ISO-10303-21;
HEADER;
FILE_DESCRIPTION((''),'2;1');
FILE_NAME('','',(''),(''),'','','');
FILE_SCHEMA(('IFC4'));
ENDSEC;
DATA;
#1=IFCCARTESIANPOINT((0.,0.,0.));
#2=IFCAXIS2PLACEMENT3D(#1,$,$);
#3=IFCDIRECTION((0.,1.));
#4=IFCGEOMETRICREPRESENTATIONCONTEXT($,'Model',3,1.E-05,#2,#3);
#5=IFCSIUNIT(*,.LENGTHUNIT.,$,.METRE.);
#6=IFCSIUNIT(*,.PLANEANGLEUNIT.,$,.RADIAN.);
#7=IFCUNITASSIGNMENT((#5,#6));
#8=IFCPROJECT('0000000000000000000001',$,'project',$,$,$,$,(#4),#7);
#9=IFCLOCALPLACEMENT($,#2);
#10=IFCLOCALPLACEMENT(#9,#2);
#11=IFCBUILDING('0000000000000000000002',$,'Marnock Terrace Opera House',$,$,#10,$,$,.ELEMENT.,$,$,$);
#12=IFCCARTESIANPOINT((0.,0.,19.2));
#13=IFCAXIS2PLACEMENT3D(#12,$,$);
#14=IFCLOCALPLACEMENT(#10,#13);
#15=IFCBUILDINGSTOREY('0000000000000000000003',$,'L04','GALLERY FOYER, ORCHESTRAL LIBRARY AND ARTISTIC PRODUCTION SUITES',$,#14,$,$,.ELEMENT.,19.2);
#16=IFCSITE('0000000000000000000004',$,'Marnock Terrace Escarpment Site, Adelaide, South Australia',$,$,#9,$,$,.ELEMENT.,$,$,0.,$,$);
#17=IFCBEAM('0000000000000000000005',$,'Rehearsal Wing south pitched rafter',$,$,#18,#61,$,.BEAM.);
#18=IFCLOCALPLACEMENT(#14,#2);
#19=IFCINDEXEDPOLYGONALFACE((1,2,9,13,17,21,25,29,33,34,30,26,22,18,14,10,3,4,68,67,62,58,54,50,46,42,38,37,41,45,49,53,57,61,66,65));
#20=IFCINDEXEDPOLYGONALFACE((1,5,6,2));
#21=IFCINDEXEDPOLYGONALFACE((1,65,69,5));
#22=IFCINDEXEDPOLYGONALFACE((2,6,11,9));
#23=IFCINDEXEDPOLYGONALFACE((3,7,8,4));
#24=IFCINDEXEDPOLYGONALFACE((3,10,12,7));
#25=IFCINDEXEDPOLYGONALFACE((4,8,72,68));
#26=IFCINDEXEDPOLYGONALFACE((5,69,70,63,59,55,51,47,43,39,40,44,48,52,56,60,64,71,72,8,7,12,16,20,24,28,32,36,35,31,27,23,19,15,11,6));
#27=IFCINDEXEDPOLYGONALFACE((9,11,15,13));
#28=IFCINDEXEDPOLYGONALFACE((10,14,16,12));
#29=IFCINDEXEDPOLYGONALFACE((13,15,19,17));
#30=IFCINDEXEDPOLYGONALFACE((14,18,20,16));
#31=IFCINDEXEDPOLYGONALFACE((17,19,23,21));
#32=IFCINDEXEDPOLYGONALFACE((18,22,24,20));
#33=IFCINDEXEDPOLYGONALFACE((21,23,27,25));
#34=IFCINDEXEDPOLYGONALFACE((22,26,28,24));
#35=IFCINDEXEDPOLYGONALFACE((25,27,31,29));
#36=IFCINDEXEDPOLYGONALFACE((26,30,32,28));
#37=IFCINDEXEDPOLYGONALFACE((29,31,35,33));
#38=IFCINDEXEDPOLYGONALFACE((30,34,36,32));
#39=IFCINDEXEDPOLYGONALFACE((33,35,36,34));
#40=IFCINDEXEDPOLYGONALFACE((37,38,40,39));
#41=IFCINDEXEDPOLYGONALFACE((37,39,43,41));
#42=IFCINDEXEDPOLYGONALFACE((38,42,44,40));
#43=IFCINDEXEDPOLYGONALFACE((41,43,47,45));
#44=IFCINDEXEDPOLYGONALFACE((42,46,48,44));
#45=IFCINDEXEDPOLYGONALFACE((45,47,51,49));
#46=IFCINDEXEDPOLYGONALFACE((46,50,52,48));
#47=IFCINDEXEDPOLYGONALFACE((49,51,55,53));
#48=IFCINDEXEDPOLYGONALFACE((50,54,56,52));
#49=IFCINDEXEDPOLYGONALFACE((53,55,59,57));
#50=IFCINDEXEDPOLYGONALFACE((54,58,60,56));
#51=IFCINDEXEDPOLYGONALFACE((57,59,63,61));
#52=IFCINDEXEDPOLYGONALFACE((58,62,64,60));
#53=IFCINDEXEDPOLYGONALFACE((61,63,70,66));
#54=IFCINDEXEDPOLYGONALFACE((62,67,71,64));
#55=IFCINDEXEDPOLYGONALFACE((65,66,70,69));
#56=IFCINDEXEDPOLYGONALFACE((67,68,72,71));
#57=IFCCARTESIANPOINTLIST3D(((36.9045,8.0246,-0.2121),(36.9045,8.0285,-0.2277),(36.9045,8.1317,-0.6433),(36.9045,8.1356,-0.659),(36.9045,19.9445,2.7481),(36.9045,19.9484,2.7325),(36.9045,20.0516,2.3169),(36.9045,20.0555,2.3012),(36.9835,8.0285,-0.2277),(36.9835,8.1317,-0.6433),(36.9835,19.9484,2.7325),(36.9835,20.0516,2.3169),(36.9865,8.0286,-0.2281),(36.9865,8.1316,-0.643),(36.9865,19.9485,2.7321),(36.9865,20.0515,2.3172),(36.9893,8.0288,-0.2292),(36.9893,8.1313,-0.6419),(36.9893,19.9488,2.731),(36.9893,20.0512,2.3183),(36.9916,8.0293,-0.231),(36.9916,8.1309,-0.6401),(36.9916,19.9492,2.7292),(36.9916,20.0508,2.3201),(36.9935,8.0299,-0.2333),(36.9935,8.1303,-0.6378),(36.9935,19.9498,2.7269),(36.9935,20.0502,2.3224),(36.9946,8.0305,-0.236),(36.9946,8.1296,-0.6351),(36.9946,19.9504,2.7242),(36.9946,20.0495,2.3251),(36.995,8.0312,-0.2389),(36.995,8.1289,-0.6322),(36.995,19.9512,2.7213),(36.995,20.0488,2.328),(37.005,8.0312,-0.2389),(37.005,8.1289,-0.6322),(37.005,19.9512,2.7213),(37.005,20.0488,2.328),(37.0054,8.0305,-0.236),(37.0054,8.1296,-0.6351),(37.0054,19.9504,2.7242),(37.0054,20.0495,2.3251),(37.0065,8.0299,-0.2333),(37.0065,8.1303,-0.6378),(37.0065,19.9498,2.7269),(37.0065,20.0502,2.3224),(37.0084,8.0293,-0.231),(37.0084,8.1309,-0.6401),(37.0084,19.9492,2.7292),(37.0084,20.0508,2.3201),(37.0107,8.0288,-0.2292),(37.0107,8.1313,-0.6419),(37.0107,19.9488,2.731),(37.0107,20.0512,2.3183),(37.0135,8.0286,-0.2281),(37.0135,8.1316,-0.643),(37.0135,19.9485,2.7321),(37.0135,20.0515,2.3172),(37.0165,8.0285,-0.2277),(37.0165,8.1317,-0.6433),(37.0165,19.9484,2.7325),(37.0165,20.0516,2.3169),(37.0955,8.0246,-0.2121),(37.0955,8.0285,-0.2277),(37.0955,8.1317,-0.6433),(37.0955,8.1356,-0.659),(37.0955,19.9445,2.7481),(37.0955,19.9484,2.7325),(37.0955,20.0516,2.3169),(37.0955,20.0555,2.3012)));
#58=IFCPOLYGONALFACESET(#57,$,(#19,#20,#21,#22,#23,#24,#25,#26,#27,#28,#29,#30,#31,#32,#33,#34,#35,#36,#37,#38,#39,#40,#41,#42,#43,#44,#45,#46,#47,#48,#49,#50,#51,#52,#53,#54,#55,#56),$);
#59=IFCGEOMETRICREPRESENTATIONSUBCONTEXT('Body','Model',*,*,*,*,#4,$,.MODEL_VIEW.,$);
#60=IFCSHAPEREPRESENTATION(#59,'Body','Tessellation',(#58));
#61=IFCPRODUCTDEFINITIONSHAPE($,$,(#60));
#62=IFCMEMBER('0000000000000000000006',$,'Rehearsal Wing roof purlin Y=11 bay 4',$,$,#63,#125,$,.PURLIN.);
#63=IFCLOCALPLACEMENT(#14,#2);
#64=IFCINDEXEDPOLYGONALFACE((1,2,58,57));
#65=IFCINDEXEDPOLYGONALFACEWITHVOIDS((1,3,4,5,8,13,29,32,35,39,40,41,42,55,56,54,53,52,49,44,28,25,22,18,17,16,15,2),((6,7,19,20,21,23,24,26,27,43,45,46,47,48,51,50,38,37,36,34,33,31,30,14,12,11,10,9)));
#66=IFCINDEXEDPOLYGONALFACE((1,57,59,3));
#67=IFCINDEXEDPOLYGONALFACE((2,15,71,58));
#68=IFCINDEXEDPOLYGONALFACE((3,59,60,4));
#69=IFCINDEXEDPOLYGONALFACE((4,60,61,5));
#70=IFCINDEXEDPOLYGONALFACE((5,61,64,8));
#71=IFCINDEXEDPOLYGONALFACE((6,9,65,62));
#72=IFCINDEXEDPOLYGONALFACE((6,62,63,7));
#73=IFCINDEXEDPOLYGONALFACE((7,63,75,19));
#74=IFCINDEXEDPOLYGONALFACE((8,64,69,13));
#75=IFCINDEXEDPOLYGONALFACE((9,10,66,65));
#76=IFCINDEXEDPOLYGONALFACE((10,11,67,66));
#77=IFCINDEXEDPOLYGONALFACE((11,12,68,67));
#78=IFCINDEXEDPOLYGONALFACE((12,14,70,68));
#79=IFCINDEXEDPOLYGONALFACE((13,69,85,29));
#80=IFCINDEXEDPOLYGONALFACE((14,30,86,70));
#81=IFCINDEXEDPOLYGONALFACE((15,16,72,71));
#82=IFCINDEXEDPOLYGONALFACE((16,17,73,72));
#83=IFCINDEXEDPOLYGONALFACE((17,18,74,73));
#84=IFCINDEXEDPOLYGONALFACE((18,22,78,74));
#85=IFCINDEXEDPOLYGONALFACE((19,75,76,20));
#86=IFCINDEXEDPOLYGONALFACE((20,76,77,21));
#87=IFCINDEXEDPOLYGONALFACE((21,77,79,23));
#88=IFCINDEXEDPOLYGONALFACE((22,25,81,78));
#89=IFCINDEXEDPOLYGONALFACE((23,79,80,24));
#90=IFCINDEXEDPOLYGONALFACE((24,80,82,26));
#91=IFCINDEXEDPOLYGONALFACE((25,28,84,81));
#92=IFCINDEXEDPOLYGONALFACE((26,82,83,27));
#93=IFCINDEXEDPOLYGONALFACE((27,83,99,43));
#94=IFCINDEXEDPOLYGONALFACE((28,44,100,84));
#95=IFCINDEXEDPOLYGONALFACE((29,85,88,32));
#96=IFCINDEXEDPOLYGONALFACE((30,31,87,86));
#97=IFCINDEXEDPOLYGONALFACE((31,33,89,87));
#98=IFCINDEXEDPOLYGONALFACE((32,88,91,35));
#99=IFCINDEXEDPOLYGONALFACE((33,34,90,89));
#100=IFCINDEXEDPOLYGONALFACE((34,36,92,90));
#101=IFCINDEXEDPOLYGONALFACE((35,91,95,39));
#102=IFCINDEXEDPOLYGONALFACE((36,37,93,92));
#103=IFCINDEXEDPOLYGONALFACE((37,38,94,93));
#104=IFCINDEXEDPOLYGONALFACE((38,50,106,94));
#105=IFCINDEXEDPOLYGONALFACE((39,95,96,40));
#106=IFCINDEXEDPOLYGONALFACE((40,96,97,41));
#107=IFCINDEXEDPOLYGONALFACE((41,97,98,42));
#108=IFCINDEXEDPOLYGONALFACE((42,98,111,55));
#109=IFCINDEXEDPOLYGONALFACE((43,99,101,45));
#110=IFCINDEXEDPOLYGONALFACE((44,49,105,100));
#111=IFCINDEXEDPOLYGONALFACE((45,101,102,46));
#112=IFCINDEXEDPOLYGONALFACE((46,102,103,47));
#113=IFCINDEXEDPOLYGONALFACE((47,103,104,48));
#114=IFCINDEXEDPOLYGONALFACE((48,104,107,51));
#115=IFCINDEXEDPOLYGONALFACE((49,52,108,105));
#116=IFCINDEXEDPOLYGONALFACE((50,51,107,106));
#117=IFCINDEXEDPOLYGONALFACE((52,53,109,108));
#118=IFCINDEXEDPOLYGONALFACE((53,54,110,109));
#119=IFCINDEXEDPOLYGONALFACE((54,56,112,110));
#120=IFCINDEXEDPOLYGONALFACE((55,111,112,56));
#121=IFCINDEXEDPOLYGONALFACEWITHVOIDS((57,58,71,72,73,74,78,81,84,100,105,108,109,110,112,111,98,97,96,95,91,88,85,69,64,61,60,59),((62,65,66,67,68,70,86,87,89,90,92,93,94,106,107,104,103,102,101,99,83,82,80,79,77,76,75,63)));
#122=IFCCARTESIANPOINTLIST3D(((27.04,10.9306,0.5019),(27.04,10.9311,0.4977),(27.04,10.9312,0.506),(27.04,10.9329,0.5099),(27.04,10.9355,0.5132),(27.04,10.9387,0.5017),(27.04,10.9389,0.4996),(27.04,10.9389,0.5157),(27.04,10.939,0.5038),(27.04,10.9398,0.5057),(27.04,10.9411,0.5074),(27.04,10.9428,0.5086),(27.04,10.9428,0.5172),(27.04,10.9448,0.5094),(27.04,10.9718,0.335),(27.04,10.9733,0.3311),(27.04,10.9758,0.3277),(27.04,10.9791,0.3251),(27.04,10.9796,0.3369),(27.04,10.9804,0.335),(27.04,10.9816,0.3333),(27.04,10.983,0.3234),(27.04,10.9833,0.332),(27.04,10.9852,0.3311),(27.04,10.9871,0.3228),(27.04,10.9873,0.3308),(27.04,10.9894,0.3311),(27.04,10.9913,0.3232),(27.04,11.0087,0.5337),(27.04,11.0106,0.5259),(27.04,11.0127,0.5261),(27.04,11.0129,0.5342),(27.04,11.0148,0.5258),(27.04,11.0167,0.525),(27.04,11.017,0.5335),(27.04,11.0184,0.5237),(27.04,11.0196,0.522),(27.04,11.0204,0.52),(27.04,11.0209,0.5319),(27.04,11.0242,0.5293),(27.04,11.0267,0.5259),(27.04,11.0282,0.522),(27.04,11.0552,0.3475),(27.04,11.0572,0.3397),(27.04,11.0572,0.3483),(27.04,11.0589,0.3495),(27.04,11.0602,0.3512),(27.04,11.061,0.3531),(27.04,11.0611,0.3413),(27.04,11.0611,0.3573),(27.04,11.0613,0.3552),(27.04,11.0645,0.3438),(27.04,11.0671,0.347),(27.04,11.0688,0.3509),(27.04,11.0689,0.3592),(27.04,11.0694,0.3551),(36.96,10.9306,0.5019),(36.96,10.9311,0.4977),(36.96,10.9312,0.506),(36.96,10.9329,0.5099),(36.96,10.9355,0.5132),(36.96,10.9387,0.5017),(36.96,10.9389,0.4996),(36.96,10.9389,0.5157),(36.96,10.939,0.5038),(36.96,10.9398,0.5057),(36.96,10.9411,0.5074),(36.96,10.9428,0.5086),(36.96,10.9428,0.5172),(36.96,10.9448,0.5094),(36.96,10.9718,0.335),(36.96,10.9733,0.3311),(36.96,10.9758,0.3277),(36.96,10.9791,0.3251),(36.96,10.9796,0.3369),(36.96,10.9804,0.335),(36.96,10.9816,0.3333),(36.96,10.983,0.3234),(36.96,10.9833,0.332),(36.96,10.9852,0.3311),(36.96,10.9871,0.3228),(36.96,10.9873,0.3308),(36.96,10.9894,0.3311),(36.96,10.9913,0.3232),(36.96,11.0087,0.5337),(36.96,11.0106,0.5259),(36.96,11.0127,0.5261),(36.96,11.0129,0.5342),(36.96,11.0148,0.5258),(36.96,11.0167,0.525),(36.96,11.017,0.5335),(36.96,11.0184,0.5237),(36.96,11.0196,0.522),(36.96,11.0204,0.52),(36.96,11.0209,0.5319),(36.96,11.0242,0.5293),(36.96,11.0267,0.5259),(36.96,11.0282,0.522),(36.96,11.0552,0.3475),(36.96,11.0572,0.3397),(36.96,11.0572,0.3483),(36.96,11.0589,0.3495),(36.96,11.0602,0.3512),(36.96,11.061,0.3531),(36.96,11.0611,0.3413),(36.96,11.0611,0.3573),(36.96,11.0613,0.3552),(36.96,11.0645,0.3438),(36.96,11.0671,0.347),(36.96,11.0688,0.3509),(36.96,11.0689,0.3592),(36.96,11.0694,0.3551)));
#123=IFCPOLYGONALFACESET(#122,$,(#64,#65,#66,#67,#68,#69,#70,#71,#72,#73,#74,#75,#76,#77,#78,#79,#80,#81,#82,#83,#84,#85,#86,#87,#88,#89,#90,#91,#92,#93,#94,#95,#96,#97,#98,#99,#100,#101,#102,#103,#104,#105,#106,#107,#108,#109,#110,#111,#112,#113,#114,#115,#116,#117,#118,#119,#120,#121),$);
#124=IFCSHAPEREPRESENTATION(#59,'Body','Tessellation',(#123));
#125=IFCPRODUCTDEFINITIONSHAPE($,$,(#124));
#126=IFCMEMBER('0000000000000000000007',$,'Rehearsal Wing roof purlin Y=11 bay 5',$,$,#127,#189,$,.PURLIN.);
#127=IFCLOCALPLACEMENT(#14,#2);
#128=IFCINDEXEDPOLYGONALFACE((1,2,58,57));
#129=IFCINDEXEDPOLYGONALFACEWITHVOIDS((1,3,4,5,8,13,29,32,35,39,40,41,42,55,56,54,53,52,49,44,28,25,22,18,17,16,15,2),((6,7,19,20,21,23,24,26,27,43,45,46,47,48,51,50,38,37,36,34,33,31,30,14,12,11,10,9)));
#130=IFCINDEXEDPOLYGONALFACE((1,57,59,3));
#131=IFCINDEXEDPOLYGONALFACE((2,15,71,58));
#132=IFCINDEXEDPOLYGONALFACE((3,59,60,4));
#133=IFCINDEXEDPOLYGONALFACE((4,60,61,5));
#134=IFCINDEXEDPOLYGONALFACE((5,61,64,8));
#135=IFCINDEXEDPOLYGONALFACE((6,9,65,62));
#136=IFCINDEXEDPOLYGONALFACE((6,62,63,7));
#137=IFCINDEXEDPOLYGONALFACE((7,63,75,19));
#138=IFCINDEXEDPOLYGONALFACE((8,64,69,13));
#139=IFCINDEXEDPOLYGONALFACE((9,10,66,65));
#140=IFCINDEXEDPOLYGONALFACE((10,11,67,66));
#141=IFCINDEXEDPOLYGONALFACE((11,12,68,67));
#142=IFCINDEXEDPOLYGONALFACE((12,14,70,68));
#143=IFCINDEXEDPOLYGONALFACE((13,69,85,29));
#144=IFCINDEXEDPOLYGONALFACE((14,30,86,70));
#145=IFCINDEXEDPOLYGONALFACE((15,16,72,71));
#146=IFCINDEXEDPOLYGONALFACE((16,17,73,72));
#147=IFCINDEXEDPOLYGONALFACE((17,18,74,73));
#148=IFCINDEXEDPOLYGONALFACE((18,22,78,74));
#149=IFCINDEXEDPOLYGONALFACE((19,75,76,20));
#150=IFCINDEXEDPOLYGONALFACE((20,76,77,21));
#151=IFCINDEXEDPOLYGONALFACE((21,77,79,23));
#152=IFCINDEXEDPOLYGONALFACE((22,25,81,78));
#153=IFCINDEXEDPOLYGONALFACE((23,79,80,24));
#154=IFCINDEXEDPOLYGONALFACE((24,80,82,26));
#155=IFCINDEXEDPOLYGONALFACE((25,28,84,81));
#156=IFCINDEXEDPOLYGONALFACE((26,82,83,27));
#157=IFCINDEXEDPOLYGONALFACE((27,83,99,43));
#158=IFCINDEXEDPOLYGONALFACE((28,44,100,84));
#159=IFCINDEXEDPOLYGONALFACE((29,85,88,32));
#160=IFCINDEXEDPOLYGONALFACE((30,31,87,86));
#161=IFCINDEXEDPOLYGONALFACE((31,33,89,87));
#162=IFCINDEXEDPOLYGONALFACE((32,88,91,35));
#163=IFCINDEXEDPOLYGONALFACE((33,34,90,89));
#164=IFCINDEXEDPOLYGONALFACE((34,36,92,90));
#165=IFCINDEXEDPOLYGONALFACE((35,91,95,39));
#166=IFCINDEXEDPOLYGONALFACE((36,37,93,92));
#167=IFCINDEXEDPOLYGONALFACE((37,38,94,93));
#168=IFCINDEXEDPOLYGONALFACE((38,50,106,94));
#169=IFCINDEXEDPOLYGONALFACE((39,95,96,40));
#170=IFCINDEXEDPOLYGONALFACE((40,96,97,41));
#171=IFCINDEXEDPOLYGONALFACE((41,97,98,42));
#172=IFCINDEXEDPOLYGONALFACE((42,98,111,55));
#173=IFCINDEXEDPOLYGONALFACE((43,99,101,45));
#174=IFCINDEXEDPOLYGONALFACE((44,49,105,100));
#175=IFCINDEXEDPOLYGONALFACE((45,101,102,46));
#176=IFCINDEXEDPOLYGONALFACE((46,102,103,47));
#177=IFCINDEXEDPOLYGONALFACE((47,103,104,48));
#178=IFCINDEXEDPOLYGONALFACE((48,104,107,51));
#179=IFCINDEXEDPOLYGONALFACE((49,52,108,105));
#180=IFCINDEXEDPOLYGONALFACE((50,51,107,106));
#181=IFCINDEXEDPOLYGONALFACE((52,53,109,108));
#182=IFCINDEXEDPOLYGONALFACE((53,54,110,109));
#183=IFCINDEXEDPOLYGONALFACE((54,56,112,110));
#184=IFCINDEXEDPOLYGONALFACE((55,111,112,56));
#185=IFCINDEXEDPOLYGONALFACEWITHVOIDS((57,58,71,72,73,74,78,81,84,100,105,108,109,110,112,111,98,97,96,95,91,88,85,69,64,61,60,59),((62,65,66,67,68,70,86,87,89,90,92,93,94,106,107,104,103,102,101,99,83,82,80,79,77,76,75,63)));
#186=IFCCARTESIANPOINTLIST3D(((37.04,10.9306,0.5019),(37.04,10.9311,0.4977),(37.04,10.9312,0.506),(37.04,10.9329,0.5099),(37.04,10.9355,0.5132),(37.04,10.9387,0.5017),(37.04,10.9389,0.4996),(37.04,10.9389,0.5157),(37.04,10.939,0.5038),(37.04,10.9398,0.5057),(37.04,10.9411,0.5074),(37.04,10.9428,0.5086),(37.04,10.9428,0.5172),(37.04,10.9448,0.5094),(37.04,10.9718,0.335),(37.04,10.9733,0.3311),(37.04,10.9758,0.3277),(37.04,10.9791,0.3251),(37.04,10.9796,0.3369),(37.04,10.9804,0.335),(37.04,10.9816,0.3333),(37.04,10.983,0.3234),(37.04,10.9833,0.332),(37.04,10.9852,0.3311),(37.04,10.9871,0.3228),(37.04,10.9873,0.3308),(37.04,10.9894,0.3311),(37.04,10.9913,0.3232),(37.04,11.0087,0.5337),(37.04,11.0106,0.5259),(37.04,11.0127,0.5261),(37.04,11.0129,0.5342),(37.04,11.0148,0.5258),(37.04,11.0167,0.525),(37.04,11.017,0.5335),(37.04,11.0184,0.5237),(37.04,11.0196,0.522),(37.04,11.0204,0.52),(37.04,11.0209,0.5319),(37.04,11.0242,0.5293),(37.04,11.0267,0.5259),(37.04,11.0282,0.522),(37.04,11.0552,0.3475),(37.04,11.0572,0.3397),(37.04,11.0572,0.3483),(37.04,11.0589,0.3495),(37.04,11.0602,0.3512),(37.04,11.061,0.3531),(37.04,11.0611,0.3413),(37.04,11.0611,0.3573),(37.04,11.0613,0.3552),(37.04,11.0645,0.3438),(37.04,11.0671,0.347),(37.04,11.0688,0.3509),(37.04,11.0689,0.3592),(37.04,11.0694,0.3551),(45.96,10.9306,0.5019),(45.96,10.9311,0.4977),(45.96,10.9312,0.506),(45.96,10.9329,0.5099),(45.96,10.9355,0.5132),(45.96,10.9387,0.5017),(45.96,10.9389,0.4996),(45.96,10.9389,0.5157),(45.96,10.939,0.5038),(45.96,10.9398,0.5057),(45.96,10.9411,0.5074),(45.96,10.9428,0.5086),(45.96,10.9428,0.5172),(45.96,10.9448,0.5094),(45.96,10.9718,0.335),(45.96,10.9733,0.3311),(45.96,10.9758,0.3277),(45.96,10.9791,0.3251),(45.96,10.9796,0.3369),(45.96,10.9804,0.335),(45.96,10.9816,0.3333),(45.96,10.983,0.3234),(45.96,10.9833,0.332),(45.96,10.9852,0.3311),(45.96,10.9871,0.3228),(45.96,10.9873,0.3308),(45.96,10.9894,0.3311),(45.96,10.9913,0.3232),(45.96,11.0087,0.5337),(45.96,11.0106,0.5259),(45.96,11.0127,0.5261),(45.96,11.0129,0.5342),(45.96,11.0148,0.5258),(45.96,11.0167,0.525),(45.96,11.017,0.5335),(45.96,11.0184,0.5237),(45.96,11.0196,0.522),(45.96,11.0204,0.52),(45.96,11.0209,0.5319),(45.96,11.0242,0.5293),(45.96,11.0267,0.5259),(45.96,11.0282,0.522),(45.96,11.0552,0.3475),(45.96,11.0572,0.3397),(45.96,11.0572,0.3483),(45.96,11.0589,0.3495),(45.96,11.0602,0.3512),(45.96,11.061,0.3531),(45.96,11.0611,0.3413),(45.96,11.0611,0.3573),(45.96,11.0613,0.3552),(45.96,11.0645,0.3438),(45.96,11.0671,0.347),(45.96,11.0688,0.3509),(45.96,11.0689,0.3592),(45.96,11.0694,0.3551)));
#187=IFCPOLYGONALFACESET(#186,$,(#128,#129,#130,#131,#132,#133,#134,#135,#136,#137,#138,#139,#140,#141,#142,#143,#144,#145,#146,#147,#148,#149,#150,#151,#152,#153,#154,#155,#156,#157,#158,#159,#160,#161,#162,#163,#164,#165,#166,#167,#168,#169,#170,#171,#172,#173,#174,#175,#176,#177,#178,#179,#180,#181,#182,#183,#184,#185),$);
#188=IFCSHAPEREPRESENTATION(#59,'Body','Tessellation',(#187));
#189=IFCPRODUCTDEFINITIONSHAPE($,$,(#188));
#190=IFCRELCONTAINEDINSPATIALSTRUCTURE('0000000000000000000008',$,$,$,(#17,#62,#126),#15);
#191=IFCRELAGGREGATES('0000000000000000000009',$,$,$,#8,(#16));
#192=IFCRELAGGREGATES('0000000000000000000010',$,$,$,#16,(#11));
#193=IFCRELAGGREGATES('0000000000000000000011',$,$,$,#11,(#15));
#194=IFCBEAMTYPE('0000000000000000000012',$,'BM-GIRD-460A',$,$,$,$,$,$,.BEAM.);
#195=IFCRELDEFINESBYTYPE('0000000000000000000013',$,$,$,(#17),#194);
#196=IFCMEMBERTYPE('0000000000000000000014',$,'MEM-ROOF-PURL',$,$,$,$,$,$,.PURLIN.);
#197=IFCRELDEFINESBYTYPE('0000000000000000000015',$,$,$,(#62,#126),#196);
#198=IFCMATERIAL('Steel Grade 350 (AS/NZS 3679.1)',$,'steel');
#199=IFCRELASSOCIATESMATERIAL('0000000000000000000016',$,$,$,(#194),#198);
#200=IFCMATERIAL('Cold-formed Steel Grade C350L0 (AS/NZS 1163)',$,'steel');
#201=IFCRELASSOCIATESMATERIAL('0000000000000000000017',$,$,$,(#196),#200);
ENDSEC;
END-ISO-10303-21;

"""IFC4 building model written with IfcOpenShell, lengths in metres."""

from ifc_helpers import new_model, si_unit, direction, frame, origin, origin_2d, place, context, subcontext, project, spatial, hollow_rectangle, i_section, extrude, material, material_profile, profile_set, type_object, element, save


model = new_model("IFC4")

# Units and contexts
model_context = context("Model", 3, precision=1e-05, world=origin(), true_north=direction((0.0, 1.0)))
body_context = subcontext(model_context, "Body", "Model", "MODEL_VIEW")
ifc_project = project(units=[si_unit("LENGTHUNIT", "METRE"), si_unit("PLANEANGLEUNIT", "RADIAN")], contexts=[model_context])

# Site, building, storey
site_placement = place(None, origin())
site = spatial("IfcSite", under=ifc_project, at=site_placement, Name="Marnock Terrace Escarpment Site, Adelaide, South Australia", CompositionType="ELEMENT", RefElevation=0.0)
building_placement = place(site_placement, origin())
building = spatial("IfcBuilding", under=site, at=building_placement, Name="Marnock Terrace Opera House", CompositionType="ELEMENT")
storey_placement = place(building_placement, frame((0.0, 0.0, 19.2)))
storey = spatial("IfcBuildingStorey", under=building, at=storey_placement, Name="L04", Description="GALLERY FOYER, ORCHESTRAL LIBRARY AND ARTISTIC PRODUCTION SUITES", CompositionType="ELEMENT", Elevation=19.2)

# Beam
ifc_material_1 = material(Name="Steel Grade 350 (AS/NZS 3679.1)", Category="steel")
ifc_material_profile_1 = material_profile(ifc_material_1, i_section(OverallWidth=0.1909, OverallDepth=0.4604, WebThickness=0.01, FlangeThickness=0.0161, FilletRadius=0.0115, at=origin_2d()))
ifc_profile_set_1 = profile_set([ifc_material_profile_1], Name="Steel Grade 350 (AS/NZS 3679.1)")
beam_type = type_object("IfcBeamType", Name="BM-GIRD-460A", PredefinedType="BEAM", material=ifc_profile_set_1)
beam_placement = place(storey_placement, frame((37.0, 8.0801, -0.4355), z_axis=(0.0, 0.97052, 0.24102), x_axis=(-1.0, 0.0, 0.0)))
element("IfcBeam", 1, at=beam_placement, inside=storey, type_object=beam_type, Name="Rehearsal Wing south pitched rafter", PredefinedType="BEAM", context=body_context, shape_type="SweptSolid", body=[
    extrude(i_section(OverallWidth=0.1909, OverallDepth=0.4604, WebThickness=0.01, FlangeThickness=0.0161, FilletRadius=0.0115, at=origin_2d()), origin(), (0.0, 0.0, 1.0), 12.282),
])

# Members
ifc_material_2 = material(Name="Cold-formed Steel Grade C350L0 (AS/NZS 1163)", Category="steel")
ifc_material_profile_2 = material_profile(ifc_material_2, hollow_rectangle(XDim=0.1001, YDim=0.2, WallThickness=0.0081, InnerFilletRadius=0.0081, OuterFilletRadius=0.0161, at=origin_2d()))
ifc_profile_set_2 = profile_set([ifc_material_profile_2], Name="Cold-formed Steel Grade C350L0 (AS/NZS 1163)")
member_type_1 = type_object("IfcMemberType", Name="MEM-ROOF-PURL", PredefinedType="PURLIN", material=ifc_profile_set_2)
member_1_placement = place(storey_placement, frame((27.04, 11.0, 0.4285), z_axis=(1.0, 0.0, 0.0), x_axis=(0.0, 0.970143, 0.242535)))
element("IfcMember", 2, at=member_1_placement, inside=storey, type_object=member_type_1, Name="Rehearsal Wing roof purlin Y=11 bay 4", PredefinedType="PURLIN", context=body_context, shape_type="SweptSolid", body=[
    extrude(hollow_rectangle(XDim=0.1001, YDim=0.2, WallThickness=0.0081, InnerFilletRadius=0.0081, OuterFilletRadius=0.0161, at=origin_2d()), origin(), (0.0, 0.0, 1.0), 9.9199),
])
member_2_placement = place(storey_placement, frame((37.04, 11.0, 0.4285), z_axis=(1.0, 0.0, 0.0), x_axis=(0.0, 0.970143, 0.242535)))
element("IfcMember", 3, at=member_2_placement, inside=storey, type_object=member_type_1, Name="Rehearsal Wing roof purlin Y=11 bay 5", PredefinedType="PURLIN", context=body_context, shape_type="SweptSolid", body=[
    extrude(hollow_rectangle(XDim=0.1001, YDim=0.2, WallThickness=0.0081, InnerFilletRadius=0.0081, OuterFilletRadius=0.0161, at=origin_2d()), origin(), (0.0, 0.0, 1.0), 8.9199),
])

save(model, "model.ifc")
